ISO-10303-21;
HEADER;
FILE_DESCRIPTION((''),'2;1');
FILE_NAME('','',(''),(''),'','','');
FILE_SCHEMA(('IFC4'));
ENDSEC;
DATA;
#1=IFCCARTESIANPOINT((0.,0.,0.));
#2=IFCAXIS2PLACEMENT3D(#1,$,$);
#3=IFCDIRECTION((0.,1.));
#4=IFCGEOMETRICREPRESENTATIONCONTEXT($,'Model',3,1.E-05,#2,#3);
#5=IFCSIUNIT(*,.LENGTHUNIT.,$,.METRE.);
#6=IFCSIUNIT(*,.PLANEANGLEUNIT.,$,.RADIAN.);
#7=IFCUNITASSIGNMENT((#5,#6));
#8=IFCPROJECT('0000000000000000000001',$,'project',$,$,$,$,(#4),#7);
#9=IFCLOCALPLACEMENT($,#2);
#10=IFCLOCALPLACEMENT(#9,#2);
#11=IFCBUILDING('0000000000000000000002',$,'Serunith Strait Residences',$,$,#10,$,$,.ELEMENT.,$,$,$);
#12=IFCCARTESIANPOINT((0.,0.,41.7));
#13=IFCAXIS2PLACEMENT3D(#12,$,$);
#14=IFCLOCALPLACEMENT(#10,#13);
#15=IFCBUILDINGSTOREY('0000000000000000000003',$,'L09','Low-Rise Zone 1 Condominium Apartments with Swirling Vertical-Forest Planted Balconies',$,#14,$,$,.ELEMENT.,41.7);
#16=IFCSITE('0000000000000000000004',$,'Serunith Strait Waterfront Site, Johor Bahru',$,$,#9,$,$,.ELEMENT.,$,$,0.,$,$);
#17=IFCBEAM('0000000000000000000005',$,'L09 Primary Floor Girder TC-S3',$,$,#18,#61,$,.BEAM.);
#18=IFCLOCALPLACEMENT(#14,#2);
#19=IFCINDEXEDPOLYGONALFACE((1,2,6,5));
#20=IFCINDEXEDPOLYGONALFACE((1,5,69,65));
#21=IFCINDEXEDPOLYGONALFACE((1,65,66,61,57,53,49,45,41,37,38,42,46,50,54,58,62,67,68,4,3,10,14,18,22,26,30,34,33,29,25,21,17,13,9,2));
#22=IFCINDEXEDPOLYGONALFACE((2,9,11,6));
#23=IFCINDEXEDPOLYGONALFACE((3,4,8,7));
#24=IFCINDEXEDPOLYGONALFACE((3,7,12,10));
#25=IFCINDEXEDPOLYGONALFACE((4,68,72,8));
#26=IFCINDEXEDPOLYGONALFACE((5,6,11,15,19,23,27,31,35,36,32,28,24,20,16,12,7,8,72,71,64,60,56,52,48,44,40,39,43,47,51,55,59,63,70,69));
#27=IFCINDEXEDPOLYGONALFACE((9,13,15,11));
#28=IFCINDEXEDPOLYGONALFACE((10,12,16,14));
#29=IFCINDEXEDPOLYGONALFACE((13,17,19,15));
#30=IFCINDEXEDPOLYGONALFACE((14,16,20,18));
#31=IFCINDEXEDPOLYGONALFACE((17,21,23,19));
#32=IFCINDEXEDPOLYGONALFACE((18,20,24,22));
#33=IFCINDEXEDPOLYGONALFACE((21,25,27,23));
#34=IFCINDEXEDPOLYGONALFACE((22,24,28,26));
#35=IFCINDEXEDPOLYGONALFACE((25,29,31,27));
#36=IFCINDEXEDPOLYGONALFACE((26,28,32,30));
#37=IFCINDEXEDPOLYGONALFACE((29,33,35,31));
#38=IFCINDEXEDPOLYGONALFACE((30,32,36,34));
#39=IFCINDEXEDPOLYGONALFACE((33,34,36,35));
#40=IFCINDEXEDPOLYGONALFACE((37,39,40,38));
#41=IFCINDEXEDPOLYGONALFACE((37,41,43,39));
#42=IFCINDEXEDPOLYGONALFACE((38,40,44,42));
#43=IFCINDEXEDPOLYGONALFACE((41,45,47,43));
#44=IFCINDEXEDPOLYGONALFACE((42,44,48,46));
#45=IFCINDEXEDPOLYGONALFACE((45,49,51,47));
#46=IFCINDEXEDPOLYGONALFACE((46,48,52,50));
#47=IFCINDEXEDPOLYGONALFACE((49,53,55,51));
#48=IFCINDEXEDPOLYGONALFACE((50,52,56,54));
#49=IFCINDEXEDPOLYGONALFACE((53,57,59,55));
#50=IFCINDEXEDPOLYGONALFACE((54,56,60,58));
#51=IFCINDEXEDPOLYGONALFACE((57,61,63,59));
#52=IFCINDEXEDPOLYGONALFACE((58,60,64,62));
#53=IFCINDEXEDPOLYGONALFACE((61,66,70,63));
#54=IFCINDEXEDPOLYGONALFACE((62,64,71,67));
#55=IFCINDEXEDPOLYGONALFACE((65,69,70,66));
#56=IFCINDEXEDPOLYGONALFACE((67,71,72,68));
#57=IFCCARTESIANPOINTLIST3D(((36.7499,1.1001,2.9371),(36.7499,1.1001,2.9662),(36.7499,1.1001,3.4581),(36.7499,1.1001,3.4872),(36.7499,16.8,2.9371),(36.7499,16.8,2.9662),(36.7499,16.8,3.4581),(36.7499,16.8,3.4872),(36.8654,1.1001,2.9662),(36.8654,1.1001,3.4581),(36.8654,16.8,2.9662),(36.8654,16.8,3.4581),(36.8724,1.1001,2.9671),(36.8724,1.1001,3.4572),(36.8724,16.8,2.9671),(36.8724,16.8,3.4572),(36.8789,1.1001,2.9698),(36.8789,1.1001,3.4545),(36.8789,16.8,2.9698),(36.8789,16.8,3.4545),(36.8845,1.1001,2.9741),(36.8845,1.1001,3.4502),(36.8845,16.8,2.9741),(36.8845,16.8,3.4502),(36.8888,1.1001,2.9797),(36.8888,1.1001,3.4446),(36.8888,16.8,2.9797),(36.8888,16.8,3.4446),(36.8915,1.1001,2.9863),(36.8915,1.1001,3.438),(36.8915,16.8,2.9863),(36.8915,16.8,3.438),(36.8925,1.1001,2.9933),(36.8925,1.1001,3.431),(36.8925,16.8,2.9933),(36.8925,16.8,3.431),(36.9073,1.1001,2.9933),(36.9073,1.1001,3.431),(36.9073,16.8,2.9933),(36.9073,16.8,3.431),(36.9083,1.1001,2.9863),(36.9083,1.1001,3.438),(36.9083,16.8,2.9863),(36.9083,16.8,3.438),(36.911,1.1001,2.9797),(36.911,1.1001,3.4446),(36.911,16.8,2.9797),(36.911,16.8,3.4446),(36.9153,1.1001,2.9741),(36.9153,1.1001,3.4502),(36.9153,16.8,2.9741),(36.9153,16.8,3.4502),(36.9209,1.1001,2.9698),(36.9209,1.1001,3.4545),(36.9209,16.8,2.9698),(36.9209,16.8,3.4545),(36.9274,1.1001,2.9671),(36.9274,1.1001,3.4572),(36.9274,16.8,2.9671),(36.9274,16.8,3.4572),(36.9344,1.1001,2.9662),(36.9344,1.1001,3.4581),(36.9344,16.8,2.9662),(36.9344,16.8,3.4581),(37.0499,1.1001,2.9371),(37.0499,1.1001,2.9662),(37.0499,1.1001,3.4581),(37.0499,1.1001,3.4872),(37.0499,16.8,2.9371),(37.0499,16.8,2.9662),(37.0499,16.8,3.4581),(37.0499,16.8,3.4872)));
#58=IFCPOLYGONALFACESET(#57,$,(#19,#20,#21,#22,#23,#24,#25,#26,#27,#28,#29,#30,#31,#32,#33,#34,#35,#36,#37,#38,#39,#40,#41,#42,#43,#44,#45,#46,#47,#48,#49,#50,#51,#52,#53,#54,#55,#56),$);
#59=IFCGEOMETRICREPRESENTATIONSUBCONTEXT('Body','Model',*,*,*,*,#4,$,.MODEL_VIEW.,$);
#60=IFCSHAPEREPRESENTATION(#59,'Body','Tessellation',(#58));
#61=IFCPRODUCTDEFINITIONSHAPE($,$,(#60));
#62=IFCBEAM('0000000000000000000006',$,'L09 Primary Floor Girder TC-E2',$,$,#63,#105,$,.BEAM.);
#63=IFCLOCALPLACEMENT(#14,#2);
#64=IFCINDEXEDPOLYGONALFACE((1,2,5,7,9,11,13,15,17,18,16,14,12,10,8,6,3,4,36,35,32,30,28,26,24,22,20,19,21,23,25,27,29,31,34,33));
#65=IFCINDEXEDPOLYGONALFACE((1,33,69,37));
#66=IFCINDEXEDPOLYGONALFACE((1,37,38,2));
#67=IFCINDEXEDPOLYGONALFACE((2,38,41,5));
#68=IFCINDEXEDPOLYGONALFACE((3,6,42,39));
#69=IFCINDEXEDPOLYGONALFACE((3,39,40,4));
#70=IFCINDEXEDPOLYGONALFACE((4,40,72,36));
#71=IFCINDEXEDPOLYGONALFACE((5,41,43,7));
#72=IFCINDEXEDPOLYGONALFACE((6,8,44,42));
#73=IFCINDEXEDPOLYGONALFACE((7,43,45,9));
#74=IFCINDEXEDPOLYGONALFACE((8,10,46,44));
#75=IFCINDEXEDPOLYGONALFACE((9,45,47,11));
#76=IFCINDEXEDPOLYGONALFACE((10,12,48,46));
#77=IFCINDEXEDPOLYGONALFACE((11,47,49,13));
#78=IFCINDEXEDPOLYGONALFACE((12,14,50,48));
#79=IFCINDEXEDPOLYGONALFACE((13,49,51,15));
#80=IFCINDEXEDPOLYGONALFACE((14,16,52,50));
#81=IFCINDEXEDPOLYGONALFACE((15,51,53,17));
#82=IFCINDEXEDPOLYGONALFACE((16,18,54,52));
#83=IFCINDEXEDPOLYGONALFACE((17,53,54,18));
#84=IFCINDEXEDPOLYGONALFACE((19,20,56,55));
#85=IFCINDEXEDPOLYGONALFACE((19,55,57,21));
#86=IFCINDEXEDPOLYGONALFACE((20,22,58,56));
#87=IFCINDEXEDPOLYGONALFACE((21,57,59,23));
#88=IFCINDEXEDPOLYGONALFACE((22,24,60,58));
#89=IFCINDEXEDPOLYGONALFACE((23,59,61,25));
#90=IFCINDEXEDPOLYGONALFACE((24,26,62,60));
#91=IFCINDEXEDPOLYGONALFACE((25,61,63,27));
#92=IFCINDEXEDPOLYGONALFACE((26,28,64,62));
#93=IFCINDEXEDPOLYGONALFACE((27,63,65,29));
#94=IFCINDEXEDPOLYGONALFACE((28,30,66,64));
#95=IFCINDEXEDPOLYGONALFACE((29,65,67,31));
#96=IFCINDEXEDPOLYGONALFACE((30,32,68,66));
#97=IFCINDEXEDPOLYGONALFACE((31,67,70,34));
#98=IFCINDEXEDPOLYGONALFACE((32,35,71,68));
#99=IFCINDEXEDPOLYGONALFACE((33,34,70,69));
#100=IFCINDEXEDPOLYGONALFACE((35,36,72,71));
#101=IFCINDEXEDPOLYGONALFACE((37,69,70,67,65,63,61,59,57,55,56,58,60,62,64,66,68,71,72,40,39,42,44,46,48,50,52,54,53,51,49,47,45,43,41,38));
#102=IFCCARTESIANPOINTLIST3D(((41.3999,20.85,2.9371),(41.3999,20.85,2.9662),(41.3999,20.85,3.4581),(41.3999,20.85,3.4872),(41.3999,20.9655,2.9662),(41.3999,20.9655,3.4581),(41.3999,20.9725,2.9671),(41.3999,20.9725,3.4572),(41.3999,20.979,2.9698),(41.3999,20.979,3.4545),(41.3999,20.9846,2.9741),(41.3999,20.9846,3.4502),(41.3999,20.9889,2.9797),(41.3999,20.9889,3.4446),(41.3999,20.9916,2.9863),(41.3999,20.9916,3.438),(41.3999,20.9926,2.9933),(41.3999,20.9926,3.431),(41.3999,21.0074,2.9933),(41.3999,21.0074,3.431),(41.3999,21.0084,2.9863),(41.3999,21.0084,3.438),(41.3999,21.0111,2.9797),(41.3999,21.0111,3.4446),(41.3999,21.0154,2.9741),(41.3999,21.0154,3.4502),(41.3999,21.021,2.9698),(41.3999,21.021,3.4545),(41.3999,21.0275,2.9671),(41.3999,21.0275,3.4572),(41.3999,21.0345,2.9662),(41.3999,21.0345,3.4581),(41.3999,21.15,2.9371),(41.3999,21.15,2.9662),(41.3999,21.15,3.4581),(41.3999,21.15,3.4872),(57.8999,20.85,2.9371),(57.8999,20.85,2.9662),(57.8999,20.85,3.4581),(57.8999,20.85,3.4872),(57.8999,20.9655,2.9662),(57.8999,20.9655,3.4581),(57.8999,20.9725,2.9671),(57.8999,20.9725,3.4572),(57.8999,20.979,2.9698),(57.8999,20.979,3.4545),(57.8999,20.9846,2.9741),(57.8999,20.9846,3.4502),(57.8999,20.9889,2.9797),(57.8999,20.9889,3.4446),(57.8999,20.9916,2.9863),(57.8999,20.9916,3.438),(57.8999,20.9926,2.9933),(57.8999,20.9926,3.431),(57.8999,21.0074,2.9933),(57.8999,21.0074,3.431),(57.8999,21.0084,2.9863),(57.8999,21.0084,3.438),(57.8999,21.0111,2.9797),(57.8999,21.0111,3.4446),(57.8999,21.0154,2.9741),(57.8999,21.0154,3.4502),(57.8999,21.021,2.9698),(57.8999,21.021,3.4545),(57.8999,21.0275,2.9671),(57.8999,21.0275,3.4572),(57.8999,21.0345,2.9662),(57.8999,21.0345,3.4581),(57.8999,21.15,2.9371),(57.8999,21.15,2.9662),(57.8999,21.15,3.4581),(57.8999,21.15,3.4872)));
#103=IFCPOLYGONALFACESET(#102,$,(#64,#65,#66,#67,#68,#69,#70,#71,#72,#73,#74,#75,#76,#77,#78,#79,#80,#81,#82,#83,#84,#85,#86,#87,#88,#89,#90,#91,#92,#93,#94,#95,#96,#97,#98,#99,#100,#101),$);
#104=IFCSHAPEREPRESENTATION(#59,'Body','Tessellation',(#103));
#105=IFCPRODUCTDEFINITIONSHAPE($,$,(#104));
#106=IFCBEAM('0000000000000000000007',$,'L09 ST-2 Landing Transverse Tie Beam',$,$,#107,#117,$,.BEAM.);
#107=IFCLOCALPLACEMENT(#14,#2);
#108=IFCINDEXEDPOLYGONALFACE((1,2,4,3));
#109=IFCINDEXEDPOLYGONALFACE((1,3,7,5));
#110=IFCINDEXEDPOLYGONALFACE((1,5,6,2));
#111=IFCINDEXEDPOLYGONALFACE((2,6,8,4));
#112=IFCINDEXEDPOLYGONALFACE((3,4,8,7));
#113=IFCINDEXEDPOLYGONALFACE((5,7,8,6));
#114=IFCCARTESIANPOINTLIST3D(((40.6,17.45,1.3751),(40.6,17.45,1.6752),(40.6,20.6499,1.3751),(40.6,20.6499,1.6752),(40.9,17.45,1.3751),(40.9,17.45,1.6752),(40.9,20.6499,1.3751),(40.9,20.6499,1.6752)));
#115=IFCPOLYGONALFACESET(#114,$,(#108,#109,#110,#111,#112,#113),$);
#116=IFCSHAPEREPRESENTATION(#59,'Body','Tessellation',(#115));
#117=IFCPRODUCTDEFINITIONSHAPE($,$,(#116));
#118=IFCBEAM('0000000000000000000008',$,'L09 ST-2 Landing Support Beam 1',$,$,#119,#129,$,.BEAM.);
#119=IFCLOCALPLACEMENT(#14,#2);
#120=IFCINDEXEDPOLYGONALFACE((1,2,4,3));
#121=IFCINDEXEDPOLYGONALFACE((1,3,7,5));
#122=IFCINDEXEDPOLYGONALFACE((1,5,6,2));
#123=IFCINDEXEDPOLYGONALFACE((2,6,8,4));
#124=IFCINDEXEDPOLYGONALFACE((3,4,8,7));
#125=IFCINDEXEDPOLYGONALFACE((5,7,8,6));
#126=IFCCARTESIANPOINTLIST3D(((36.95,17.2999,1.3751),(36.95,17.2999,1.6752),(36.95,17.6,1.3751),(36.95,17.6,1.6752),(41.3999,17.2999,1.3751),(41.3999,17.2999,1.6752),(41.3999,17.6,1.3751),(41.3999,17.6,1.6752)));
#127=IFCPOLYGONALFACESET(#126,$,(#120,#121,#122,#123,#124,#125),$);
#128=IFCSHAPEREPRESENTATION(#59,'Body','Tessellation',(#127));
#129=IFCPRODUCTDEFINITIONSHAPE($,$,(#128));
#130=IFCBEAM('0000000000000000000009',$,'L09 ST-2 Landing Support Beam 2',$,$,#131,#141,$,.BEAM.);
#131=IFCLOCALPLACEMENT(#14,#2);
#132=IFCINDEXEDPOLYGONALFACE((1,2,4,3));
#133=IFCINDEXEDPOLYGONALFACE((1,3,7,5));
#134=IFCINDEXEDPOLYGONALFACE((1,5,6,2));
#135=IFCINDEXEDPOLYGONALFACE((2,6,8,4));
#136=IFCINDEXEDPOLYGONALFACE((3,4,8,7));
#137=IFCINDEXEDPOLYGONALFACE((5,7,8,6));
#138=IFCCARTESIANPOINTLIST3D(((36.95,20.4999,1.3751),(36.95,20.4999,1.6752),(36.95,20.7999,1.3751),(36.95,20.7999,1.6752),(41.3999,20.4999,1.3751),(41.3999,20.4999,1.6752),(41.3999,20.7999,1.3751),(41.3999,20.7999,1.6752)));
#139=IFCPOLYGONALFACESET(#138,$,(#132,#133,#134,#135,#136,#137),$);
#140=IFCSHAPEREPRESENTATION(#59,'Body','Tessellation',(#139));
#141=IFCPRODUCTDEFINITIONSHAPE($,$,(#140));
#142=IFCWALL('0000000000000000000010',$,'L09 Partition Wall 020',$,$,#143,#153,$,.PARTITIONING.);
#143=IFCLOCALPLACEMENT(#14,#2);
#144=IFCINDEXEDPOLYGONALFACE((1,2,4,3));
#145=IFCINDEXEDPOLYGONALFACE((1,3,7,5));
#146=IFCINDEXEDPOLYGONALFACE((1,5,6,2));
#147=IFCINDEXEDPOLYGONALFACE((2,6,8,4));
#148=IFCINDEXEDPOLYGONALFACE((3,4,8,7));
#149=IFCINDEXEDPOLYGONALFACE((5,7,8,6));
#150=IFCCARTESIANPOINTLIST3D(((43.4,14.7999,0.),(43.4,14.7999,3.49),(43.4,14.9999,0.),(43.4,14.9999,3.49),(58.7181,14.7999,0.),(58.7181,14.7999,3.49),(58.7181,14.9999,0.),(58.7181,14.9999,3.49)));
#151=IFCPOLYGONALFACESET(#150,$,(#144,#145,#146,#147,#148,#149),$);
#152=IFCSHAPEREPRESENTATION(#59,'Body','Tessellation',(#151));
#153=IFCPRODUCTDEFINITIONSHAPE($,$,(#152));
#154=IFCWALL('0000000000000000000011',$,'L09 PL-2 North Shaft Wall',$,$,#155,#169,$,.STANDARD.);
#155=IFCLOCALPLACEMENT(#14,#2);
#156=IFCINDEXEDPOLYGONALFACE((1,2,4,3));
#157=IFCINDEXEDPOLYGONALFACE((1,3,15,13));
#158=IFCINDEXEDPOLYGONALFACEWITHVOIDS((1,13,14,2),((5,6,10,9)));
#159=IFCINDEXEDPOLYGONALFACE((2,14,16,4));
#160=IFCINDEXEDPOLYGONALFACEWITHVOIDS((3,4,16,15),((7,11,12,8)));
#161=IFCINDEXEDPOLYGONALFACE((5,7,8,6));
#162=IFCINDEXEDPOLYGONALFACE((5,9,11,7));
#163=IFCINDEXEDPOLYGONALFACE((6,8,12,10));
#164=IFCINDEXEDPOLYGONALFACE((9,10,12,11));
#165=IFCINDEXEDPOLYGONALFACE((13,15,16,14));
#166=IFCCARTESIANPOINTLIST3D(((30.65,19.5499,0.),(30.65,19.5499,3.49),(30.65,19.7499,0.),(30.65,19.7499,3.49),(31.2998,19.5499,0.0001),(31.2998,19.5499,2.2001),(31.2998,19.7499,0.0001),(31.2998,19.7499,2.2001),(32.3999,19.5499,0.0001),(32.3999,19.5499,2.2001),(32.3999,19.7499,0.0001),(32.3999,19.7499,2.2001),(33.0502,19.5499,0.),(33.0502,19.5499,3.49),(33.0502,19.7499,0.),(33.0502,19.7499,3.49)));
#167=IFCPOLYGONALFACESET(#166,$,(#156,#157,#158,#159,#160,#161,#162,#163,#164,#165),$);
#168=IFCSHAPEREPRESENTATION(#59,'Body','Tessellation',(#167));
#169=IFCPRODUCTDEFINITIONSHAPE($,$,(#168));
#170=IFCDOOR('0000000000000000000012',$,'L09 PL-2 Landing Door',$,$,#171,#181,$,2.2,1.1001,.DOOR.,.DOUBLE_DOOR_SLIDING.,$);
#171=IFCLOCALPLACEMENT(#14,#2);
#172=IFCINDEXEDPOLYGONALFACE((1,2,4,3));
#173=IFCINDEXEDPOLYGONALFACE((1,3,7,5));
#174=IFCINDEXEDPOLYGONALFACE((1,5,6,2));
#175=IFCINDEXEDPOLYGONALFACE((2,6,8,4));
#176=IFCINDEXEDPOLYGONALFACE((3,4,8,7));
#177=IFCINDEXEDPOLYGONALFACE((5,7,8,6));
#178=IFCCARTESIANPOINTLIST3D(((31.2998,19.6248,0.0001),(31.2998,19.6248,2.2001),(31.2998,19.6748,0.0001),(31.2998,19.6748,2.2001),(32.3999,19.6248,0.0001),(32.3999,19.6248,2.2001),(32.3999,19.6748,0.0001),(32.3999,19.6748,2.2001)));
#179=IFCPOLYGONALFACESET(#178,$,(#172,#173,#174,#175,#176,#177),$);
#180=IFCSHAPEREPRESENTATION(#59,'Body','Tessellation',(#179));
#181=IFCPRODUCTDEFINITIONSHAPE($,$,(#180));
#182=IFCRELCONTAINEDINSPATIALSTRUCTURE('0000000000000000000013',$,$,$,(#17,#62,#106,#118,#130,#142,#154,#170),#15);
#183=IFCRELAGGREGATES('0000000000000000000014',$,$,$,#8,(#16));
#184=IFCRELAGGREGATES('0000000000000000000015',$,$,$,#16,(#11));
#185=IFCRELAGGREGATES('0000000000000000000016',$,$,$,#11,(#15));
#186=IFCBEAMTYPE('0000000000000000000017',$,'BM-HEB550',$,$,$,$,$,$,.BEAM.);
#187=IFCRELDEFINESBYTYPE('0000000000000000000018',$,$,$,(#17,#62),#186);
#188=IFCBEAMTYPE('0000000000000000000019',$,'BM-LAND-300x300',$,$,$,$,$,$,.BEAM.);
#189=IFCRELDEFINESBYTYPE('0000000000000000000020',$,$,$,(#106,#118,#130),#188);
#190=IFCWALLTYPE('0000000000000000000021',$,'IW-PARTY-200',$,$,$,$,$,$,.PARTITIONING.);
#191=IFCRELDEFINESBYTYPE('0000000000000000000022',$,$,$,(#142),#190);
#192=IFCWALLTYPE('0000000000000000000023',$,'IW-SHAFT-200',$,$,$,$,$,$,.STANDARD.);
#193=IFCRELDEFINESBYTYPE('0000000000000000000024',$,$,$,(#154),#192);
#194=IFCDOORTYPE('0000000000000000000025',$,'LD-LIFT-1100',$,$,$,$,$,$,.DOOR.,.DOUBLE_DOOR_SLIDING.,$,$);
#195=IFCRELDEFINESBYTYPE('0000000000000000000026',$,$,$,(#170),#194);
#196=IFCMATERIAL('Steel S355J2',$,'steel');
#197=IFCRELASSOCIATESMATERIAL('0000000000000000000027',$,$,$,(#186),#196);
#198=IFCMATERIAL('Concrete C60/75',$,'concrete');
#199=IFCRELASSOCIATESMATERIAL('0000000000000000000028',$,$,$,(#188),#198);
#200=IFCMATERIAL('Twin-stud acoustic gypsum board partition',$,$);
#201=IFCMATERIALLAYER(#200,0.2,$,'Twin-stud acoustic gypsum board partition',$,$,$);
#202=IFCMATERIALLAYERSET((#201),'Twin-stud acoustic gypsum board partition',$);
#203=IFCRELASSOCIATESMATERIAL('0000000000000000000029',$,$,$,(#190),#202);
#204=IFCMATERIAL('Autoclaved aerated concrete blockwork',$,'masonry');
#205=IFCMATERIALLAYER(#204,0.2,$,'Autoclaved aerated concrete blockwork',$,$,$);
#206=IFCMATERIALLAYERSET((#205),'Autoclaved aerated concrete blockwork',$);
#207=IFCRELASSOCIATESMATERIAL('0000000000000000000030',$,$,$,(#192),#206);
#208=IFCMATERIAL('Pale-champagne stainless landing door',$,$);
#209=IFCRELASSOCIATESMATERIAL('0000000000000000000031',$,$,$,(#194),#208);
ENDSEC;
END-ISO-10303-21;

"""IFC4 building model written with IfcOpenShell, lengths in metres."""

from ifc_helpers import new_model, si_unit, direction, frame, frame_2d, origin, origin_2d, place, context, subcontext, project, spatial, rectangle, i_section, extrude, source, transform, mapped, material, layer, layer_set, material_profile, profile_set, type_object, element, fill, save


model = new_model("IFC4")

# Units and contexts
model_context = context("Model", 3, precision=1e-05, world=origin(), true_north=direction((0.0, 1.0)))
body_context = subcontext(model_context, "Body", "Model", "MODEL_VIEW")
ifc_project = project(units=[si_unit("LENGTHUNIT", "METRE"), si_unit("PLANEANGLEUNIT", "RADIAN")], contexts=[model_context])

# Site, building, storey
site_placement = place(None, origin())
site = spatial("IfcSite", under=ifc_project, at=site_placement, Name="Serunith Strait Waterfront Site, Johor Bahru", CompositionType="ELEMENT", RefElevation=0.0)
building_placement = place(site_placement, origin())
building = spatial("IfcBuilding", under=site, at=building_placement, Name="Serunith Strait Residences", CompositionType="ELEMENT")
storey_placement = place(building_placement, frame((0.0, 0.0, 41.7)))
storey = spatial("IfcBuildingStorey", under=building, at=storey_placement, Name="L09", Description="Low-Rise Zone 1 Condominium Apartments with Swirling Vertical-Forest Planted Balconies", CompositionType="ELEMENT", Elevation=41.7)

# Beams
ifc_material_1 = material(Name="Steel S355J2", Category="steel")
ifc_material_profile_1 = material_profile(ifc_material_1, i_section(OverallWidth=0.3, OverallDepth=0.55, WebThickness=0.0149, FlangeThickness=0.0291, FilletRadius=0.0271, at=origin_2d()), Name="HEB 550")
ifc_profile_set_1 = profile_set([ifc_material_profile_1], Name="Steel S355J2")
beam_type_1 = type_object("IfcBeamType", Name="BM-HEB550", PredefinedType="BEAM", material=ifc_profile_set_1)
shared_shape_1 = source(origin(), body_context, "Body", "SweptSolid", [
    extrude(i_section(OverallWidth=0.3, OverallDepth=0.55, WebThickness=0.0149, FlangeThickness=0.0291, FilletRadius=0.0271, at=origin_2d()), origin(), (0.0, 0.0, 1.0), 15.7),
])
beam_1_placement = place(storey_placement, frame((36.8999, 16.8, 3.2122), z_axis=(0.0, -1.0, 0.0), x_axis=(1.0, 0.0, 0.0)))
element("IfcBeam", 1, at=beam_1_placement, inside=storey, type_object=beam_type_1, Name="L09 Primary Floor Girder TC-S3", PredefinedType="BEAM", context=body_context, shape_type="MappedRepresentation", body=[
    mapped(shared_shape_1, transform((0.0, 0.0, 0.0), scale=1.0)),
])
shared_shape_2 = source(origin(), body_context, "Body", "SweptSolid", [
    extrude(i_section(OverallWidth=0.3, OverallDepth=0.55, WebThickness=0.0149, FlangeThickness=0.0291, FilletRadius=0.0271, at=origin_2d()), origin(), (0.0, 0.0, 1.0), 16.5),
])
beam_2_placement = place(storey_placement, frame((41.3999, 21.0, 3.2122), z_axis=(1.0, 0.0, 0.0), x_axis=(0.0, 1.0, 0.0)))
element("IfcBeam", 2, at=beam_2_placement, inside=storey, type_object=beam_type_1, Name="L09 Primary Floor Girder TC-E2", PredefinedType="BEAM", context=body_context, shape_type="MappedRepresentation", body=[
    mapped(shared_shape_2, transform((0.0, 0.0, 0.0), scale=1.0)),
])
ifc_material_2 = material(Name="Concrete C60/75", Category="concrete")
ifc_material_profile_2 = material_profile(ifc_material_2, rectangle(XDim=0.3, YDim=0.3, at=origin_2d()), Name="RC 300x300")
ifc_profile_set_2 = profile_set([ifc_material_profile_2], Name="Concrete C60/75")
beam_type_2 = type_object("IfcBeamType", Name="BM-LAND-300x300", PredefinedType="BEAM", material=ifc_profile_set_2)
shared_shape_3 = source(origin(), body_context, "Body", "SweptSolid", [
    extrude(rectangle(XDim=0.3, YDim=0.3, at=origin_2d()), origin(), (0.0, 0.0, 1.0), 3.2),
])
beam_3_placement = place(storey_placement, frame((40.75, 17.45, 1.5251), z_axis=(0.0, 1.0, 0.0), x_axis=(-1.0, 0.0, 0.0)))
element("IfcBeam", 3, at=beam_3_placement, inside=storey, type_object=beam_type_2, Name="L09 ST-2 Landing Transverse Tie Beam", PredefinedType="BEAM", context=body_context, shape_type="MappedRepresentation", body=[
    mapped(shared_shape_3, transform((0.0, 0.0, 0.0), scale=1.0)),
])
shared_shape_4 = source(origin(), body_context, "Body", "SweptSolid", [
    extrude(rectangle(XDim=0.3, YDim=0.3, at=origin_2d()), origin(), (0.0, 0.0, 1.0), 4.45),
])
for number, where, z_axis, x_axis, name in (
    (4, (36.95, 17.45, 1.5251), (1.0, 0.0, 0.0), (0.0, 1.0, 0.0), "L09 ST-2 Landing Support Beam 1"),
    (5, (36.95, 20.6499, 1.5251), (1.0, 0.0, 0.0), (0.0, 1.0, 0.0), "L09 ST-2 Landing Support Beam 2"),
):
    element("IfcBeam", number, at=place(storey_placement, frame(where, z_axis=z_axis, x_axis=x_axis)), inside=storey, type_object=beam_type_2, Name=name, PredefinedType="BEAM", context=body_context, shape_type="MappedRepresentation", body=[
        mapped(shared_shape_4, transform((0.0, 0.0, 0.0), scale=1.0)),
    ])

# Wall
ifc_material_3 = material(Name="Twin-stud acoustic gypsum board partition")
ifc_layer_1 = layer(ifc_material_3, 0.2, Name="Twin-stud acoustic gypsum board partition")
ifc_layer_set_1 = layer_set([ifc_layer_1], Name="Twin-stud acoustic gypsum board partition")
wall_type_1 = type_object("IfcWallType", Name="IW-PARTY-200", PredefinedType="PARTITIONING", material=ifc_layer_set_1)
wall_1_placement = place(storey_placement, frame((43.3999, 14.8999, 0.0), z_axis=(0.0, 0.0, 1.0), x_axis=(1.0, 0.0, 0.0)))
element("IfcWall", 6, at=wall_1_placement, inside=storey, type_object=wall_type_1, Name="L09 Partition Wall 020", PredefinedType="PARTITIONING", context=body_context, shape_type="SweptSolid", body=[
    extrude(rectangle(XDim=15.3181, YDim=0.2, at=frame_2d((7.6592, 0.0))), origin(), (0.0, 0.0, 1.0), 3.49),
])

# Wall, opening, door
ifc_material_4 = material(Name="Autoclaved aerated concrete blockwork", Category="masonry")
ifc_layer_2 = layer(ifc_material_4, 0.2, Name="Autoclaved aerated concrete blockwork")
ifc_layer_set_2 = layer_set([ifc_layer_2], Name="Autoclaved aerated concrete blockwork")
wall_type_2 = type_object("IfcWallType", Name="IW-SHAFT-200", PredefinedType="STANDARD", material=ifc_layer_set_2)
wall_2_placement = place(storey_placement, frame((30.6499, 19.6499, 0.0), z_axis=(0.0, 0.0, 1.0), x_axis=(1.0, 0.0, 0.0)))
wall_2 = element("IfcWall", 7, at=wall_2_placement, inside=storey, type_object=wall_type_2, Name="L09 PL-2 North Shaft Wall", PredefinedType="STANDARD", context=body_context, shape_type="SweptSolid", body=[
    extrude(rectangle(XDim=2.4001, YDim=0.2, at=frame_2d((1.2002, 0.0))), origin(), (0.0, 0.0, 1.0), 3.49),
])
opening_1_placement = place(wall_2_placement, frame((0.6499, 0.0, 0.0)))
opening_1 = element("IfcOpeningElement", 8, at=opening_1_placement, cuts=wall_2, PredefinedType="OPENING", context=body_context, shape_type="SweptSolid", body=[
    extrude(rectangle(XDim=1.1001, YDim=2.2, at=frame_2d((0.55, 1.1001))), frame((0.0, 0.1099, 0.0), z_axis=(0.0, -1.0, 0.0), x_axis=(1.0, 0.0, 0.0)), (0.0, 0.0, 1.0), 0.22),
])
ifc_material_5 = material(Name="Pale-champagne stainless landing door")
door_type = type_object("IfcDoorType", Name="LD-LIFT-1100", OperationType="DOUBLE_DOOR_SLIDING", PredefinedType="DOOR", material=ifc_material_5)
shared_shape_5 = source(origin(), body_context, "Body", "SweptSolid", [
    extrude(rectangle(XDim=1.1001, YDim=2.2, at=frame_2d((0.55, 1.1001))), frame((0.0, 0.0249, 0.0), z_axis=(0.0, -1.0, 0.0), x_axis=(1.0, 0.0, 0.0)), (0.0, 0.0, 1.0), 0.05),
])
door_1_placement = place(opening_1_placement, origin())
door_1 = element("IfcDoor", 9, at=door_1_placement, inside=storey, type_object=door_type, Name="L09 PL-2 Landing Door", OperationType="DOUBLE_DOOR_SLIDING", OverallHeight=2.2, OverallWidth=1.1001, PredefinedType="DOOR", context=body_context, shape_type="MappedRepresentation", body=[
    mapped(shared_shape_5, transform((0.0, 0.0, 0.0), scale=1.0)),
])
fill(opening_1, door_1)

save(model, "model.ifc")
